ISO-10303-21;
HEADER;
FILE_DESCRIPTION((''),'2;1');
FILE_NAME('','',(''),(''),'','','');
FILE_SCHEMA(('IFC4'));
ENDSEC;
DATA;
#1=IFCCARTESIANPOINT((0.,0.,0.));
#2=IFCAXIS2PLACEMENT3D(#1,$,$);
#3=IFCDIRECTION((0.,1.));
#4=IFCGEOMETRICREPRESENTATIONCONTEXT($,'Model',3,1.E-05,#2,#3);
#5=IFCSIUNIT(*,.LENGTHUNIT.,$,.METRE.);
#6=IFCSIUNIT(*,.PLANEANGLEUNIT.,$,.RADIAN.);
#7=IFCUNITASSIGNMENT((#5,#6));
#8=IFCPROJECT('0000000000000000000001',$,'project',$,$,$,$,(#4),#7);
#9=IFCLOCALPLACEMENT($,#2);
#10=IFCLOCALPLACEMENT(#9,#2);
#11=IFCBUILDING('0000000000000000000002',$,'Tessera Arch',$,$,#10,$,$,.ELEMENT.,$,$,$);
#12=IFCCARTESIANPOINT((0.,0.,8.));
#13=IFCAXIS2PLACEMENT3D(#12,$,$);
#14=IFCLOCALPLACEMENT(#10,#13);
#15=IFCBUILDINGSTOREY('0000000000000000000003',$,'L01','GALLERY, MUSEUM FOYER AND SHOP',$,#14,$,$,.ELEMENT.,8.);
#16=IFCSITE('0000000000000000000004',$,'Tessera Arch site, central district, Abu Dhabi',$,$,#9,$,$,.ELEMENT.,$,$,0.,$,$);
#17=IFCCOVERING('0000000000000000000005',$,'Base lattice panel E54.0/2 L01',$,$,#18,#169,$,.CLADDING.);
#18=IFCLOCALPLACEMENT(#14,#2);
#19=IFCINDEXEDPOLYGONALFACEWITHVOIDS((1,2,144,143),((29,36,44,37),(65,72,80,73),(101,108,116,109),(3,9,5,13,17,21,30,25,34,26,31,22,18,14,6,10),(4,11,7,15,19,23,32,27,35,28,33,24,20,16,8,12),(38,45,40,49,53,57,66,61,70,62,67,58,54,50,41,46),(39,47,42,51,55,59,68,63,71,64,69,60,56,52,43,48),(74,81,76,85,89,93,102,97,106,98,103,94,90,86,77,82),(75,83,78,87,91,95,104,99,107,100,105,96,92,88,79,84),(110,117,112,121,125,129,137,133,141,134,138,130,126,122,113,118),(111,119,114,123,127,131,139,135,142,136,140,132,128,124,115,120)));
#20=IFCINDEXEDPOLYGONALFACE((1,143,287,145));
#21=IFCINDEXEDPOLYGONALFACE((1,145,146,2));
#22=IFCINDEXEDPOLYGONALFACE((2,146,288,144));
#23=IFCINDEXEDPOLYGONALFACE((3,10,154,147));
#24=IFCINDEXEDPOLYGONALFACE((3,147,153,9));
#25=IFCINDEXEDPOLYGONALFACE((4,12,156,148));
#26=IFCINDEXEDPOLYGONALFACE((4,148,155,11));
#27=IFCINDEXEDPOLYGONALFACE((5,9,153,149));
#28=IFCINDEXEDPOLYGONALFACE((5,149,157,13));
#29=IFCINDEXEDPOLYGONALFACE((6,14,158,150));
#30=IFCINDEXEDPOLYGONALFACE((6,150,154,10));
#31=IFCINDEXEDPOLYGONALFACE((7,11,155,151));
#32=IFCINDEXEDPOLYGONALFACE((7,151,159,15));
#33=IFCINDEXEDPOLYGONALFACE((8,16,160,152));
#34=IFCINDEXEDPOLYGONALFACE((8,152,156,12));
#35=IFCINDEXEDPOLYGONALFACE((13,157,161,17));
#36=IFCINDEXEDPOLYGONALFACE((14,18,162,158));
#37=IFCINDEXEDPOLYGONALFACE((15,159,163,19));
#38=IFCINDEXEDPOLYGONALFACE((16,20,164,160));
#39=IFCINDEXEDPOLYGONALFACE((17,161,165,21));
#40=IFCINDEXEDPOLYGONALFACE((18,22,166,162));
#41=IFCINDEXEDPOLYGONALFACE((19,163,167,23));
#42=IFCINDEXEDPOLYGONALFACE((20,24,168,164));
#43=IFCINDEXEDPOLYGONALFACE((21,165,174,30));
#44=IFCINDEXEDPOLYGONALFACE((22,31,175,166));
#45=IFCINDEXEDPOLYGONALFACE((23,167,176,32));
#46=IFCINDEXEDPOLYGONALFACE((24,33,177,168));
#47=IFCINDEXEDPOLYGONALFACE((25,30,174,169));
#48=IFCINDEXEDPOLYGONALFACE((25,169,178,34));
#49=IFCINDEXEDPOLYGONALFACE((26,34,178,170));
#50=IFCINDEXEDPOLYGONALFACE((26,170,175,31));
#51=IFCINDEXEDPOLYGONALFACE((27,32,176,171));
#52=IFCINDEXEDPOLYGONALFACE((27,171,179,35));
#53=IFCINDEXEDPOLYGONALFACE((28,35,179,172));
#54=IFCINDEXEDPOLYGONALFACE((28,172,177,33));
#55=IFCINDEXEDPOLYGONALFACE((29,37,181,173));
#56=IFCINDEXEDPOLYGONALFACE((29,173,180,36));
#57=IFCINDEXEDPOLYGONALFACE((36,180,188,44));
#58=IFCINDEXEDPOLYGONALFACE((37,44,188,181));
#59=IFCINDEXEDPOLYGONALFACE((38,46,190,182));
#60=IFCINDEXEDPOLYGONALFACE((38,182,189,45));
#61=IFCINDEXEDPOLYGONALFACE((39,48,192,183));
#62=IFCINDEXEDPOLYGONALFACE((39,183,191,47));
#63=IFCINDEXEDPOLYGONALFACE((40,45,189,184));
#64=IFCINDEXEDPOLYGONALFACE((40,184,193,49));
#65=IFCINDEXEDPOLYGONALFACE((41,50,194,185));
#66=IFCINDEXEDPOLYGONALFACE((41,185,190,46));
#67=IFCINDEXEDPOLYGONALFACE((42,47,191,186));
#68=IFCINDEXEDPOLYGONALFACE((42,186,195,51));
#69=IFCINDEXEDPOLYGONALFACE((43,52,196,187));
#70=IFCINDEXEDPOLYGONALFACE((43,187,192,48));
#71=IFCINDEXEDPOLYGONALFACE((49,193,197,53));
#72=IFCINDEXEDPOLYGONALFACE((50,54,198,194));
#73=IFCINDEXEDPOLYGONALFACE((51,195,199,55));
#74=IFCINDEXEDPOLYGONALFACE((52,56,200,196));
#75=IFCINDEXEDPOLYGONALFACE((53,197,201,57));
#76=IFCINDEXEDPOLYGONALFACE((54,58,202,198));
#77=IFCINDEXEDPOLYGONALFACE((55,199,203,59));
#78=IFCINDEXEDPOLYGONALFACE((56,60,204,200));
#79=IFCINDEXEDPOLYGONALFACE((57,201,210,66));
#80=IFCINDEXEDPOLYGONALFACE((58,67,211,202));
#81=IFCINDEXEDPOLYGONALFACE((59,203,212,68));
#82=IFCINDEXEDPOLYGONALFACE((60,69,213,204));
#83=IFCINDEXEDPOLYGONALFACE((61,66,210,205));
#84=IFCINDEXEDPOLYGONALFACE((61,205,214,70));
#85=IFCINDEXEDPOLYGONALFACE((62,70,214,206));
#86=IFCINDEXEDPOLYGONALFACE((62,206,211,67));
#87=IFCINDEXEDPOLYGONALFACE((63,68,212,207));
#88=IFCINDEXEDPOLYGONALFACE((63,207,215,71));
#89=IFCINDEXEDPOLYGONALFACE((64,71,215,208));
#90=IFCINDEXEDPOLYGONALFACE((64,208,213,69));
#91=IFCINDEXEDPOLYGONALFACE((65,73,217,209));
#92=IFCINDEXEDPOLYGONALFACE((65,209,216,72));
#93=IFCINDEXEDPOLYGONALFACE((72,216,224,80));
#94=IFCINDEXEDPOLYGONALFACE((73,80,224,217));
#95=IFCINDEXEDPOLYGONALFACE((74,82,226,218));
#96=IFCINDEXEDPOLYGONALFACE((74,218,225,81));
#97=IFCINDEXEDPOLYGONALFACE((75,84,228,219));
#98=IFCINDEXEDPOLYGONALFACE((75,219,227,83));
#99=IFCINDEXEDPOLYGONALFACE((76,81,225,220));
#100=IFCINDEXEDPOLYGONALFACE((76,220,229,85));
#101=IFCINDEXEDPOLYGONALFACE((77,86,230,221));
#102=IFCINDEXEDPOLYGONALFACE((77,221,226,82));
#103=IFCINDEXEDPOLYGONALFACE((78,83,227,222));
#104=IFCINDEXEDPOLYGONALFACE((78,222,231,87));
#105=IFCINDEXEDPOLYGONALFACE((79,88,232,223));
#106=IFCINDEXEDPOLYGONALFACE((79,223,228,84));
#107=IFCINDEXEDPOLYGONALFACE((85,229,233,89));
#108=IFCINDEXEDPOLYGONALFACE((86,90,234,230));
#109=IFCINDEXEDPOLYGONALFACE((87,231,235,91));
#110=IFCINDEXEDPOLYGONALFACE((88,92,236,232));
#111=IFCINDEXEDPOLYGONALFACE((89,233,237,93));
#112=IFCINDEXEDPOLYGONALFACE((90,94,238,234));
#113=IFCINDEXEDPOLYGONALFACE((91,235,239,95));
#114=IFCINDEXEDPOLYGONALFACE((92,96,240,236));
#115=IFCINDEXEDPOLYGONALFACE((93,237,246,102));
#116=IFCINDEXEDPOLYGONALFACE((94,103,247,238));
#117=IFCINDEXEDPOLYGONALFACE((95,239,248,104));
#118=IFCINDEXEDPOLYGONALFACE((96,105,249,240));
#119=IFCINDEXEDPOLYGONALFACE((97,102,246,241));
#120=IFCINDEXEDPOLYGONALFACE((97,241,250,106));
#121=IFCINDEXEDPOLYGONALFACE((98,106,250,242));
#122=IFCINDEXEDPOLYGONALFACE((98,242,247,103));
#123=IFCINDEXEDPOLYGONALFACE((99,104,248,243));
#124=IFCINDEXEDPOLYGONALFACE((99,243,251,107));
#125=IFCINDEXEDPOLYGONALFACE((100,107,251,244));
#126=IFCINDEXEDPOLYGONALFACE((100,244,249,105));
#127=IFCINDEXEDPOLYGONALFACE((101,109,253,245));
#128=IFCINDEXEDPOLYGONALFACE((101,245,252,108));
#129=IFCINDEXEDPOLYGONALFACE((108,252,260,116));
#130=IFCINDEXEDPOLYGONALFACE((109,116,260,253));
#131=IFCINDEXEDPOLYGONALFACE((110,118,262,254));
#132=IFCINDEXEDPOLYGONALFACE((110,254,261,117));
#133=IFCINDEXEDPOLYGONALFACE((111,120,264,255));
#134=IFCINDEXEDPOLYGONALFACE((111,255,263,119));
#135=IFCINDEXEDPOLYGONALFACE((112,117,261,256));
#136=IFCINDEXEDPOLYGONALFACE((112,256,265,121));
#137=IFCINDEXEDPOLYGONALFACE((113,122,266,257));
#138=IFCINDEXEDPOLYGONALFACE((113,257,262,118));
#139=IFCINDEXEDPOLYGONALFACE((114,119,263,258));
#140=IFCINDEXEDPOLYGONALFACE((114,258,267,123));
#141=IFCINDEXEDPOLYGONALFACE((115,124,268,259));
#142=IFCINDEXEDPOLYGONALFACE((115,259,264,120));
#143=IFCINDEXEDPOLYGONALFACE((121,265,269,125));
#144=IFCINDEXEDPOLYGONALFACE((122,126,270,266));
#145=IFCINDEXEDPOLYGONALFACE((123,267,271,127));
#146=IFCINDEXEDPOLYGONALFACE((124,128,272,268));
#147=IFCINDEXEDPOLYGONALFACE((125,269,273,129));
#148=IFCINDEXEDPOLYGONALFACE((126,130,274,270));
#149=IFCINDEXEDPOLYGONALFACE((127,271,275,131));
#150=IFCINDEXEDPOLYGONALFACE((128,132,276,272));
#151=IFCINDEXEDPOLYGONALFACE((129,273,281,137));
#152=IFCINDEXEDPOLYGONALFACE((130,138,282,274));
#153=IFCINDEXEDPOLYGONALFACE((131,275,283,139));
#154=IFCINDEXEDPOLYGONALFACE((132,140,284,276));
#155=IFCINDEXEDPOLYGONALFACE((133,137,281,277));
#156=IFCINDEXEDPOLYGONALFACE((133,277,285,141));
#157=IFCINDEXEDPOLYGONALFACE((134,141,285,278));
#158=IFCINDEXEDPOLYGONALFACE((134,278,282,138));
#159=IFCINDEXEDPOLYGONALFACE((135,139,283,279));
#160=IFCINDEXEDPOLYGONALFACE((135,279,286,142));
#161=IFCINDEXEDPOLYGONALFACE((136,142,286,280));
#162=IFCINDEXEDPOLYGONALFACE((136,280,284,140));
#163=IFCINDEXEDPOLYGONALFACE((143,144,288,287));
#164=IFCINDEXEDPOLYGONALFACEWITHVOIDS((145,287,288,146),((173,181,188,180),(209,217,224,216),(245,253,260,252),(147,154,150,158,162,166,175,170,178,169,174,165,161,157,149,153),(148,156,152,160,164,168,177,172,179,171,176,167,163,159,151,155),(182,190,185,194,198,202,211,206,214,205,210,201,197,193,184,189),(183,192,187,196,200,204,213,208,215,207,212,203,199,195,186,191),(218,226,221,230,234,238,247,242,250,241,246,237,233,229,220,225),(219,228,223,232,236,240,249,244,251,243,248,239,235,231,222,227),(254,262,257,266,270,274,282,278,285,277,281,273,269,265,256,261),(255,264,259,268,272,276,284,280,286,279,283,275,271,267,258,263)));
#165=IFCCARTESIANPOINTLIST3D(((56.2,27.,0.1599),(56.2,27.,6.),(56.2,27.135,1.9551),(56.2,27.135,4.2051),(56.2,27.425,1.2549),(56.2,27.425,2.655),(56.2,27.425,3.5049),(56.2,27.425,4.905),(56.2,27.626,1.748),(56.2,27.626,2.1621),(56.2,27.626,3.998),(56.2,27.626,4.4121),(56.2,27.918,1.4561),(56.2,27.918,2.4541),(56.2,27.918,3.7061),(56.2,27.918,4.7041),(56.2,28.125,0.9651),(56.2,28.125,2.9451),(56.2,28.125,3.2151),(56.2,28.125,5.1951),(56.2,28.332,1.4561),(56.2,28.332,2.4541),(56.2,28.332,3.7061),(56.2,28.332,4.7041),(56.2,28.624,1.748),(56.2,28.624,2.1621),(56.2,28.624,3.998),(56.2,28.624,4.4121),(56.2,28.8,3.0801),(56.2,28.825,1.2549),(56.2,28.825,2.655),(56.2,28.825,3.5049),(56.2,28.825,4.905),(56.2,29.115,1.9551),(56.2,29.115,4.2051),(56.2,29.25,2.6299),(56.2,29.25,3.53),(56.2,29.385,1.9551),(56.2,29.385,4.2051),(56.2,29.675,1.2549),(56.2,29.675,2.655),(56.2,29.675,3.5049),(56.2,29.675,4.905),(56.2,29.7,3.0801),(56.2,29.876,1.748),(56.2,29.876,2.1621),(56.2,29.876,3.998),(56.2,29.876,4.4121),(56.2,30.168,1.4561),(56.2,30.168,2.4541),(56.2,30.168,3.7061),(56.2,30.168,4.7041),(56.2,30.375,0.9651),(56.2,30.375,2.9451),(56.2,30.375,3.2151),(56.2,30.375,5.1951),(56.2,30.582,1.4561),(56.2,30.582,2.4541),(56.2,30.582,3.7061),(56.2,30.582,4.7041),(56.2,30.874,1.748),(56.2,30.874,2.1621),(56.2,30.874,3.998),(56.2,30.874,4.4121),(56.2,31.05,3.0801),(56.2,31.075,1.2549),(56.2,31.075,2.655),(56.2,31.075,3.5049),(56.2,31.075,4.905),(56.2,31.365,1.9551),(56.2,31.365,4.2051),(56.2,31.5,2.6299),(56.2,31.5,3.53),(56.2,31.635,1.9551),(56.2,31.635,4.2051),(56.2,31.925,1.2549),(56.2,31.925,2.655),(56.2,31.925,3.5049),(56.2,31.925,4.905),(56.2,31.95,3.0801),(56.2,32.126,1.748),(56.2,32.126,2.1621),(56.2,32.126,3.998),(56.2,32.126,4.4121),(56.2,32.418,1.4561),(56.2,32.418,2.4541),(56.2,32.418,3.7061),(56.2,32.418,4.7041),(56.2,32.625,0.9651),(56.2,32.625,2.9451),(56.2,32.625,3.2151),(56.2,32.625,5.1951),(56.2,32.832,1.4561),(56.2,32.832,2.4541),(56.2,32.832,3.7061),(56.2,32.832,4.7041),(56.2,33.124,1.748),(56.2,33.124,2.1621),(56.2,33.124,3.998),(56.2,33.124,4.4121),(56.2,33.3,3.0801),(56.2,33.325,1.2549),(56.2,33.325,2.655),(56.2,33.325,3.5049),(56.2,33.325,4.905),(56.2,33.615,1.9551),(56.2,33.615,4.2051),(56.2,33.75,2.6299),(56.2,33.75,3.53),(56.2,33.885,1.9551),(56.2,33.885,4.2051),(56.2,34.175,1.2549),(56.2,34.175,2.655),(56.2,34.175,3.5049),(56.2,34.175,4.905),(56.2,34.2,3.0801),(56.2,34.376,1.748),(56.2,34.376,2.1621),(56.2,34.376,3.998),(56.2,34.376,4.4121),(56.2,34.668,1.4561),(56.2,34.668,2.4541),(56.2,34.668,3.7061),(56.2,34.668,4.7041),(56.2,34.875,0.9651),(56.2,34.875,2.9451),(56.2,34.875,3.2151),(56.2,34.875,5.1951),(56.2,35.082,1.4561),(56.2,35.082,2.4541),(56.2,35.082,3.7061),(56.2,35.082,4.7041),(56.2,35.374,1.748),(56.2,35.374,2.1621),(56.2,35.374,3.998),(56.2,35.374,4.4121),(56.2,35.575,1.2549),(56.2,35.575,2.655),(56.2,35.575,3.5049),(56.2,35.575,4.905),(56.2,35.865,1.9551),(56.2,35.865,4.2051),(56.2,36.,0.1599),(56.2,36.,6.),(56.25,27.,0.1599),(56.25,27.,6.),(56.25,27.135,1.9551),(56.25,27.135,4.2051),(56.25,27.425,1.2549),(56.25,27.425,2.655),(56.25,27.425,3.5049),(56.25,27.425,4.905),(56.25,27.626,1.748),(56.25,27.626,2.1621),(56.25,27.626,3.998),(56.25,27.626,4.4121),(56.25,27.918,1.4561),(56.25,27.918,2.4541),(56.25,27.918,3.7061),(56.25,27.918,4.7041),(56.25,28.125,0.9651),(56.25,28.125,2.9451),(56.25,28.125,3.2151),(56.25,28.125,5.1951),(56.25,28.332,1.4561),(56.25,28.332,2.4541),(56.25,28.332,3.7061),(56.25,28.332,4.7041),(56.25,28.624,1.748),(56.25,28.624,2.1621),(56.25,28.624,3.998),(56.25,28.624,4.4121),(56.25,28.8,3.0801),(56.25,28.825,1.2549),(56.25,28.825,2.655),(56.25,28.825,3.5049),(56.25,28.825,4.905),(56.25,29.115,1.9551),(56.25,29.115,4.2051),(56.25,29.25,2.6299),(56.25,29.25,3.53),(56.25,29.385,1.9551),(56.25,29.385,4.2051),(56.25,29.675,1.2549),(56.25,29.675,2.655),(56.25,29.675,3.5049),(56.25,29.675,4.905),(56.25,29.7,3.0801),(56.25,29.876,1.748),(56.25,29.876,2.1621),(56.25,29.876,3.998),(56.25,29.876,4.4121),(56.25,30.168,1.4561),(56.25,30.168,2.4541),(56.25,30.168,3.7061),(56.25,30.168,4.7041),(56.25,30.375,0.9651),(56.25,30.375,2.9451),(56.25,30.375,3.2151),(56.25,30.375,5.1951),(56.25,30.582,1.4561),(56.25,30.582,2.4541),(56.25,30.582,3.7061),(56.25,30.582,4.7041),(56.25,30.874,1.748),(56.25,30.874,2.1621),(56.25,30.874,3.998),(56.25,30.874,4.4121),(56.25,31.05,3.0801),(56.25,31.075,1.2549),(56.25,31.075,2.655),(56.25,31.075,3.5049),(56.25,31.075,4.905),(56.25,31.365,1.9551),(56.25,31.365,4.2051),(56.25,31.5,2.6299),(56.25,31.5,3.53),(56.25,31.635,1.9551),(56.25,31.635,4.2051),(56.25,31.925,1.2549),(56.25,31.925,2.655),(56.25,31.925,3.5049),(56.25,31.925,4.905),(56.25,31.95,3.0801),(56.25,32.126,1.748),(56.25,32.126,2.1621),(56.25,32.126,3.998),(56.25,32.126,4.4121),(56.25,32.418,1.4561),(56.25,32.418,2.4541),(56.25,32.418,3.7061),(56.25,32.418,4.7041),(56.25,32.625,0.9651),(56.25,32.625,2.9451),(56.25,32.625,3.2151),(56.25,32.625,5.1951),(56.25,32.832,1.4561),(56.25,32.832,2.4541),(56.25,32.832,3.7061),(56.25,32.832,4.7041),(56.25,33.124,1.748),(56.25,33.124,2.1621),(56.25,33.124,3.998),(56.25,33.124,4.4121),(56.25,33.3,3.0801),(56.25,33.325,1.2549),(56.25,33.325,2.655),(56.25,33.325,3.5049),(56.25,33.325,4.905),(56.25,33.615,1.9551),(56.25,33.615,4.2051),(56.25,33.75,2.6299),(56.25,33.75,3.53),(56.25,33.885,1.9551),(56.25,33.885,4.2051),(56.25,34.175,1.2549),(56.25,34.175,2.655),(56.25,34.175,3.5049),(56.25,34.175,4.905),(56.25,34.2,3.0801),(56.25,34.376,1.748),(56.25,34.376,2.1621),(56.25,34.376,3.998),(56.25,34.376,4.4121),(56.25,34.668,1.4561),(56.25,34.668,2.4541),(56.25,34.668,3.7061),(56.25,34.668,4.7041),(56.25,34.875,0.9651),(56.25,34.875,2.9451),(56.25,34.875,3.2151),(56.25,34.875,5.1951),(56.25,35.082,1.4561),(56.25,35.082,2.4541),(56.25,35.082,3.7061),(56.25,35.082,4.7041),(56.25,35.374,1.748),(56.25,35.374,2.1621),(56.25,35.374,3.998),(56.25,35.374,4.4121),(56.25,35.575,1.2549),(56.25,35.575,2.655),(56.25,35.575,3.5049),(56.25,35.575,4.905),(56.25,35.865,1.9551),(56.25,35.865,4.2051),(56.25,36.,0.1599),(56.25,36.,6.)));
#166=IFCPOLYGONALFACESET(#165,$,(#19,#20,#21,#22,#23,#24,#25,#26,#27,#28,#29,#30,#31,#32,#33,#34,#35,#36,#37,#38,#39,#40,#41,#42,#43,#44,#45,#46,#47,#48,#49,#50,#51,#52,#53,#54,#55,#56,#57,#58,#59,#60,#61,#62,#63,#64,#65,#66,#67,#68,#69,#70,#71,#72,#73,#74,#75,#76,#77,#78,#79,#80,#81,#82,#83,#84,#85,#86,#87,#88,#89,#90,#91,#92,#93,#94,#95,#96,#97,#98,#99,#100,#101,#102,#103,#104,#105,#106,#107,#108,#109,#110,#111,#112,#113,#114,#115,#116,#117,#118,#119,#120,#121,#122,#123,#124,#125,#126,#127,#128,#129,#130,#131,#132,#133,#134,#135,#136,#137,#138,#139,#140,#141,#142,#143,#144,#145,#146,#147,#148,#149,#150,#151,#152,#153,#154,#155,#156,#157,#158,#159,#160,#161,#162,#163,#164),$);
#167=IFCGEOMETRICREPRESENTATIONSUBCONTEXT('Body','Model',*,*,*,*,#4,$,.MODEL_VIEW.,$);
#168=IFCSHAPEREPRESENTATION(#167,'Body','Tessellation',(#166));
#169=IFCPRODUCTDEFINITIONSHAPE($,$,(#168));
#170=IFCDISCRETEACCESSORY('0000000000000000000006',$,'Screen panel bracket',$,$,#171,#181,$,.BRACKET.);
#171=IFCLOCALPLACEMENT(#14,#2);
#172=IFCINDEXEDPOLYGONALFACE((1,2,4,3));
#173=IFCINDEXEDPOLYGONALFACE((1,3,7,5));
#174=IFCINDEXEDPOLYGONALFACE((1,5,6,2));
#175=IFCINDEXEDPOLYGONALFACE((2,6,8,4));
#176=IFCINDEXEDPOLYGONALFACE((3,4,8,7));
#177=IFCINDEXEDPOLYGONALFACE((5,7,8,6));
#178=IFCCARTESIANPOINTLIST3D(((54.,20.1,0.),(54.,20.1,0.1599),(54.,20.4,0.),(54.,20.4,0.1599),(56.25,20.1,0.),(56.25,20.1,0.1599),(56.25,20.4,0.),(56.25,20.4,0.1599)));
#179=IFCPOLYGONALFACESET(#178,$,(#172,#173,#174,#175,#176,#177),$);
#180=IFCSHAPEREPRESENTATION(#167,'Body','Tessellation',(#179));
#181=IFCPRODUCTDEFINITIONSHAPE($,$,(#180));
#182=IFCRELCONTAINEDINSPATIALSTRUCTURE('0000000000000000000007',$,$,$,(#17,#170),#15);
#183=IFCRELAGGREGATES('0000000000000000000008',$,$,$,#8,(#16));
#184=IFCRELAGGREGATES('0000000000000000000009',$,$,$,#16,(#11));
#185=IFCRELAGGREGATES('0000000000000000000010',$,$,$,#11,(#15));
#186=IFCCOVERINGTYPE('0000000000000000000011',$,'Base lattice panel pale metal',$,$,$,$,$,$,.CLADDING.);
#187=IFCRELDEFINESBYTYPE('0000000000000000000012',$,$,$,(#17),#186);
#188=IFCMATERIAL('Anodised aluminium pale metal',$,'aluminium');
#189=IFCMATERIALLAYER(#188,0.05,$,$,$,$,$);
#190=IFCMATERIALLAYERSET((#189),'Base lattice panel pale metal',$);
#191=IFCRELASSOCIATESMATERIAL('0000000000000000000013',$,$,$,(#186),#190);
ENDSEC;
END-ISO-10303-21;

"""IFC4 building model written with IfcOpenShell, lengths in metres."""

from ifc_helpers import new_model, si_unit, direction, frame, origin, origin_2d, place, context, subcontext, project, spatial, polyline, rectangle, outline, extrude, material, layer, layer_set, type_object, element, save


model = new_model("IFC4")

# Units and contexts
model_context = context("Model", 3, precision=1e-05, world=origin(), true_north=direction((0.0, 1.0)))
body_context = subcontext(model_context, "Body", "Model", "MODEL_VIEW")
ifc_project = project(units=[si_unit("LENGTHUNIT", "METRE"), si_unit("PLANEANGLEUNIT", "RADIAN")], contexts=[model_context])

# Site, building, storey
site_placement = place(None, origin())
site = spatial("IfcSite", under=ifc_project, at=site_placement, Name="Tessera Arch site, central district, Abu Dhabi", CompositionType="ELEMENT", RefElevation=0.0)
building_placement = place(site_placement, origin())
building = spatial("IfcBuilding", under=site, at=building_placement, Name="Tessera Arch", CompositionType="ELEMENT")
storey_placement = place(building_placement, frame((0.0, 0.0, 8.0)))
storey = spatial("IfcBuildingStorey", under=building, at=storey_placement, Name="L01", Description="GALLERY, MUSEUM FOYER AND SHOP", CompositionType="ELEMENT", Elevation=8.0)

# Covering
ifc_material_1 = material(Name="Anodised aluminium pale metal", Category="aluminium")
ifc_layer_1 = layer(ifc_material_1, 0.05)
ifc_layer_set_1 = layer_set([ifc_layer_1], Name="Base lattice panel pale metal")
covering_type = type_object("IfcCoveringType", Name="Base lattice panel pale metal", PredefinedType="CLADDING", material=ifc_layer_set_1)
covering_1_placement = place(storey_placement, frame((56.2, 27.0, 6.0), z_axis=(-1.0, 0.0, 0.0), x_axis=(0.0, 1.0, 0.0)))
element("IfcCovering", 1, at=covering_1_placement, inside=storey, type_object=covering_type, Name="Base lattice panel E54.0/2 L01", PredefinedType="CLADDING", context=body_context, shape_type="SweptSolid", body=[
    extrude(outline(polyline([(0.0, 0.0), (9.0, 0.0), (9.0, 5.8401), (0.0, 5.8401), (0.0, 0.0)]), holes=[polyline([(2.115, 4.0449), (1.624, 3.8379), (1.825, 3.345), (1.332, 3.5459), (1.125, 3.0549), (0.918, 3.5459), (0.425, 3.345), (0.626, 3.8379), (0.135, 4.0449), (0.626, 4.252), (0.425, 4.7451), (0.918, 4.5439), (1.125, 5.0349), (1.332, 4.5439), (1.825, 4.7451), (1.624, 4.252), (2.115, 4.0449)]), polyline([(2.115, 1.7949), (1.624, 1.5879), (1.825, 1.095), (1.332, 1.2959), (1.125, 0.8049), (0.918, 1.2959), (0.425, 1.095), (0.626, 1.5879), (0.135, 1.7949), (0.626, 2.002), (0.425, 2.4951), (0.918, 2.2939), (1.125, 2.7849), (1.332, 2.2939), (1.825, 2.4951), (1.624, 2.002), (2.115, 1.7949)]), polyline([(4.365, 4.0449), (3.874, 3.8379), (4.075, 3.345), (3.582, 3.5459), (3.375, 3.0549), (3.168, 3.5459), (2.675, 3.345), (2.876, 3.8379), (2.385, 4.0449), (2.876, 4.252), (2.675, 4.7451), (3.168, 4.5439), (3.375, 5.0349), (3.582, 4.5439), (4.075, 4.7451), (3.874, 4.252), (4.365, 4.0449)]), polyline([(4.365, 1.7949), (3.874, 1.5879), (4.075, 1.095), (3.582, 1.2959), (3.375, 0.8049), (3.168, 1.2959), (2.675, 1.095), (2.876, 1.5879), (2.385, 1.7949), (2.876, 2.002), (2.675, 2.4951), (3.168, 2.2939), (3.375, 2.7849), (3.582, 2.2939), (4.075, 2.4951), (3.874, 2.002), (4.365, 1.7949)]), polyline([(6.615, 4.0449), (6.124, 3.8379), (6.325, 3.345), (5.832, 3.5459), (5.625, 3.0549), (5.418, 3.5459), (4.925, 3.345), (5.126, 3.8379), (4.635, 4.0449), (5.126, 4.252), (4.925, 4.7451), (5.418, 4.5439), (5.625, 5.0349), (5.832, 4.5439), (6.325, 4.7451), (6.124, 4.252), (6.615, 4.0449)]), polyline([(6.615, 1.7949), (6.124, 1.5879), (6.325, 1.095), (5.832, 1.2959), (5.625, 0.8049), (5.418, 1.2959), (4.925, 1.095), (5.126, 1.5879), (4.635, 1.7949), (5.126, 2.002), (4.925, 2.4951), (5.418, 2.2939), (5.625, 2.7849), (5.832, 2.2939), (6.325, 2.4951), (6.124, 2.002), (6.615, 1.7949)]), polyline([(8.865, 4.0449), (8.374, 3.8379), (8.575, 3.345), (8.082, 3.5459), (7.875, 3.0549), (7.668, 3.5459), (7.175, 3.345), (7.376, 3.8379), (6.885, 4.0449), (7.376, 4.252), (7.175, 4.7451), (7.668, 4.5439), (7.875, 5.0349), (8.082, 4.5439), (8.575, 4.7451), (8.374, 4.252), (8.865, 4.0449)]), polyline([(8.865, 1.7949), (8.374, 1.5879), (8.575, 1.095), (8.082, 1.2959), (7.875, 0.8049), (7.668, 1.2959), (7.175, 1.095), (7.376, 1.5879), (6.885, 1.7949), (7.376, 2.002), (7.175, 2.4951), (7.668, 2.2939), (7.875, 2.7849), (8.082, 2.2939), (8.575, 2.4951), (8.374, 2.002), (8.865, 1.7949)]), polyline([(2.7, 2.9199), (2.25, 2.47), (1.8, 2.9199), (2.25, 3.3701), (2.7, 2.9199)]), polyline([(4.95, 2.9199), (4.5, 2.47), (4.05, 2.9199), (4.5, 3.3701), (4.95, 2.9199)]), polyline([(7.2, 2.9199), (6.75, 2.47), (6.3, 2.9199), (6.75, 3.3701), (7.2, 2.9199)])]), origin(), (0.0, 0.0, -1.0), 0.05),
])

# Discrete accessory
discrete_accessory_1_placement = place(storey_placement, frame((55.125, 20.25, 0.0), z_axis=(0.0, 0.0, 1.0), x_axis=(1.0, 0.0, 0.0)))
element("IfcDiscreteAccessory", 2, at=discrete_accessory_1_placement, inside=storey, Name="Screen panel bracket", PredefinedType="BRACKET", context=body_context, shape_type="SweptSolid", body=[
    extrude(rectangle(XDim=2.25, YDim=0.3, at=origin_2d()), origin(), (0.0, 0.0, 1.0), 0.1599),
])

save(model, "model.ifc")
